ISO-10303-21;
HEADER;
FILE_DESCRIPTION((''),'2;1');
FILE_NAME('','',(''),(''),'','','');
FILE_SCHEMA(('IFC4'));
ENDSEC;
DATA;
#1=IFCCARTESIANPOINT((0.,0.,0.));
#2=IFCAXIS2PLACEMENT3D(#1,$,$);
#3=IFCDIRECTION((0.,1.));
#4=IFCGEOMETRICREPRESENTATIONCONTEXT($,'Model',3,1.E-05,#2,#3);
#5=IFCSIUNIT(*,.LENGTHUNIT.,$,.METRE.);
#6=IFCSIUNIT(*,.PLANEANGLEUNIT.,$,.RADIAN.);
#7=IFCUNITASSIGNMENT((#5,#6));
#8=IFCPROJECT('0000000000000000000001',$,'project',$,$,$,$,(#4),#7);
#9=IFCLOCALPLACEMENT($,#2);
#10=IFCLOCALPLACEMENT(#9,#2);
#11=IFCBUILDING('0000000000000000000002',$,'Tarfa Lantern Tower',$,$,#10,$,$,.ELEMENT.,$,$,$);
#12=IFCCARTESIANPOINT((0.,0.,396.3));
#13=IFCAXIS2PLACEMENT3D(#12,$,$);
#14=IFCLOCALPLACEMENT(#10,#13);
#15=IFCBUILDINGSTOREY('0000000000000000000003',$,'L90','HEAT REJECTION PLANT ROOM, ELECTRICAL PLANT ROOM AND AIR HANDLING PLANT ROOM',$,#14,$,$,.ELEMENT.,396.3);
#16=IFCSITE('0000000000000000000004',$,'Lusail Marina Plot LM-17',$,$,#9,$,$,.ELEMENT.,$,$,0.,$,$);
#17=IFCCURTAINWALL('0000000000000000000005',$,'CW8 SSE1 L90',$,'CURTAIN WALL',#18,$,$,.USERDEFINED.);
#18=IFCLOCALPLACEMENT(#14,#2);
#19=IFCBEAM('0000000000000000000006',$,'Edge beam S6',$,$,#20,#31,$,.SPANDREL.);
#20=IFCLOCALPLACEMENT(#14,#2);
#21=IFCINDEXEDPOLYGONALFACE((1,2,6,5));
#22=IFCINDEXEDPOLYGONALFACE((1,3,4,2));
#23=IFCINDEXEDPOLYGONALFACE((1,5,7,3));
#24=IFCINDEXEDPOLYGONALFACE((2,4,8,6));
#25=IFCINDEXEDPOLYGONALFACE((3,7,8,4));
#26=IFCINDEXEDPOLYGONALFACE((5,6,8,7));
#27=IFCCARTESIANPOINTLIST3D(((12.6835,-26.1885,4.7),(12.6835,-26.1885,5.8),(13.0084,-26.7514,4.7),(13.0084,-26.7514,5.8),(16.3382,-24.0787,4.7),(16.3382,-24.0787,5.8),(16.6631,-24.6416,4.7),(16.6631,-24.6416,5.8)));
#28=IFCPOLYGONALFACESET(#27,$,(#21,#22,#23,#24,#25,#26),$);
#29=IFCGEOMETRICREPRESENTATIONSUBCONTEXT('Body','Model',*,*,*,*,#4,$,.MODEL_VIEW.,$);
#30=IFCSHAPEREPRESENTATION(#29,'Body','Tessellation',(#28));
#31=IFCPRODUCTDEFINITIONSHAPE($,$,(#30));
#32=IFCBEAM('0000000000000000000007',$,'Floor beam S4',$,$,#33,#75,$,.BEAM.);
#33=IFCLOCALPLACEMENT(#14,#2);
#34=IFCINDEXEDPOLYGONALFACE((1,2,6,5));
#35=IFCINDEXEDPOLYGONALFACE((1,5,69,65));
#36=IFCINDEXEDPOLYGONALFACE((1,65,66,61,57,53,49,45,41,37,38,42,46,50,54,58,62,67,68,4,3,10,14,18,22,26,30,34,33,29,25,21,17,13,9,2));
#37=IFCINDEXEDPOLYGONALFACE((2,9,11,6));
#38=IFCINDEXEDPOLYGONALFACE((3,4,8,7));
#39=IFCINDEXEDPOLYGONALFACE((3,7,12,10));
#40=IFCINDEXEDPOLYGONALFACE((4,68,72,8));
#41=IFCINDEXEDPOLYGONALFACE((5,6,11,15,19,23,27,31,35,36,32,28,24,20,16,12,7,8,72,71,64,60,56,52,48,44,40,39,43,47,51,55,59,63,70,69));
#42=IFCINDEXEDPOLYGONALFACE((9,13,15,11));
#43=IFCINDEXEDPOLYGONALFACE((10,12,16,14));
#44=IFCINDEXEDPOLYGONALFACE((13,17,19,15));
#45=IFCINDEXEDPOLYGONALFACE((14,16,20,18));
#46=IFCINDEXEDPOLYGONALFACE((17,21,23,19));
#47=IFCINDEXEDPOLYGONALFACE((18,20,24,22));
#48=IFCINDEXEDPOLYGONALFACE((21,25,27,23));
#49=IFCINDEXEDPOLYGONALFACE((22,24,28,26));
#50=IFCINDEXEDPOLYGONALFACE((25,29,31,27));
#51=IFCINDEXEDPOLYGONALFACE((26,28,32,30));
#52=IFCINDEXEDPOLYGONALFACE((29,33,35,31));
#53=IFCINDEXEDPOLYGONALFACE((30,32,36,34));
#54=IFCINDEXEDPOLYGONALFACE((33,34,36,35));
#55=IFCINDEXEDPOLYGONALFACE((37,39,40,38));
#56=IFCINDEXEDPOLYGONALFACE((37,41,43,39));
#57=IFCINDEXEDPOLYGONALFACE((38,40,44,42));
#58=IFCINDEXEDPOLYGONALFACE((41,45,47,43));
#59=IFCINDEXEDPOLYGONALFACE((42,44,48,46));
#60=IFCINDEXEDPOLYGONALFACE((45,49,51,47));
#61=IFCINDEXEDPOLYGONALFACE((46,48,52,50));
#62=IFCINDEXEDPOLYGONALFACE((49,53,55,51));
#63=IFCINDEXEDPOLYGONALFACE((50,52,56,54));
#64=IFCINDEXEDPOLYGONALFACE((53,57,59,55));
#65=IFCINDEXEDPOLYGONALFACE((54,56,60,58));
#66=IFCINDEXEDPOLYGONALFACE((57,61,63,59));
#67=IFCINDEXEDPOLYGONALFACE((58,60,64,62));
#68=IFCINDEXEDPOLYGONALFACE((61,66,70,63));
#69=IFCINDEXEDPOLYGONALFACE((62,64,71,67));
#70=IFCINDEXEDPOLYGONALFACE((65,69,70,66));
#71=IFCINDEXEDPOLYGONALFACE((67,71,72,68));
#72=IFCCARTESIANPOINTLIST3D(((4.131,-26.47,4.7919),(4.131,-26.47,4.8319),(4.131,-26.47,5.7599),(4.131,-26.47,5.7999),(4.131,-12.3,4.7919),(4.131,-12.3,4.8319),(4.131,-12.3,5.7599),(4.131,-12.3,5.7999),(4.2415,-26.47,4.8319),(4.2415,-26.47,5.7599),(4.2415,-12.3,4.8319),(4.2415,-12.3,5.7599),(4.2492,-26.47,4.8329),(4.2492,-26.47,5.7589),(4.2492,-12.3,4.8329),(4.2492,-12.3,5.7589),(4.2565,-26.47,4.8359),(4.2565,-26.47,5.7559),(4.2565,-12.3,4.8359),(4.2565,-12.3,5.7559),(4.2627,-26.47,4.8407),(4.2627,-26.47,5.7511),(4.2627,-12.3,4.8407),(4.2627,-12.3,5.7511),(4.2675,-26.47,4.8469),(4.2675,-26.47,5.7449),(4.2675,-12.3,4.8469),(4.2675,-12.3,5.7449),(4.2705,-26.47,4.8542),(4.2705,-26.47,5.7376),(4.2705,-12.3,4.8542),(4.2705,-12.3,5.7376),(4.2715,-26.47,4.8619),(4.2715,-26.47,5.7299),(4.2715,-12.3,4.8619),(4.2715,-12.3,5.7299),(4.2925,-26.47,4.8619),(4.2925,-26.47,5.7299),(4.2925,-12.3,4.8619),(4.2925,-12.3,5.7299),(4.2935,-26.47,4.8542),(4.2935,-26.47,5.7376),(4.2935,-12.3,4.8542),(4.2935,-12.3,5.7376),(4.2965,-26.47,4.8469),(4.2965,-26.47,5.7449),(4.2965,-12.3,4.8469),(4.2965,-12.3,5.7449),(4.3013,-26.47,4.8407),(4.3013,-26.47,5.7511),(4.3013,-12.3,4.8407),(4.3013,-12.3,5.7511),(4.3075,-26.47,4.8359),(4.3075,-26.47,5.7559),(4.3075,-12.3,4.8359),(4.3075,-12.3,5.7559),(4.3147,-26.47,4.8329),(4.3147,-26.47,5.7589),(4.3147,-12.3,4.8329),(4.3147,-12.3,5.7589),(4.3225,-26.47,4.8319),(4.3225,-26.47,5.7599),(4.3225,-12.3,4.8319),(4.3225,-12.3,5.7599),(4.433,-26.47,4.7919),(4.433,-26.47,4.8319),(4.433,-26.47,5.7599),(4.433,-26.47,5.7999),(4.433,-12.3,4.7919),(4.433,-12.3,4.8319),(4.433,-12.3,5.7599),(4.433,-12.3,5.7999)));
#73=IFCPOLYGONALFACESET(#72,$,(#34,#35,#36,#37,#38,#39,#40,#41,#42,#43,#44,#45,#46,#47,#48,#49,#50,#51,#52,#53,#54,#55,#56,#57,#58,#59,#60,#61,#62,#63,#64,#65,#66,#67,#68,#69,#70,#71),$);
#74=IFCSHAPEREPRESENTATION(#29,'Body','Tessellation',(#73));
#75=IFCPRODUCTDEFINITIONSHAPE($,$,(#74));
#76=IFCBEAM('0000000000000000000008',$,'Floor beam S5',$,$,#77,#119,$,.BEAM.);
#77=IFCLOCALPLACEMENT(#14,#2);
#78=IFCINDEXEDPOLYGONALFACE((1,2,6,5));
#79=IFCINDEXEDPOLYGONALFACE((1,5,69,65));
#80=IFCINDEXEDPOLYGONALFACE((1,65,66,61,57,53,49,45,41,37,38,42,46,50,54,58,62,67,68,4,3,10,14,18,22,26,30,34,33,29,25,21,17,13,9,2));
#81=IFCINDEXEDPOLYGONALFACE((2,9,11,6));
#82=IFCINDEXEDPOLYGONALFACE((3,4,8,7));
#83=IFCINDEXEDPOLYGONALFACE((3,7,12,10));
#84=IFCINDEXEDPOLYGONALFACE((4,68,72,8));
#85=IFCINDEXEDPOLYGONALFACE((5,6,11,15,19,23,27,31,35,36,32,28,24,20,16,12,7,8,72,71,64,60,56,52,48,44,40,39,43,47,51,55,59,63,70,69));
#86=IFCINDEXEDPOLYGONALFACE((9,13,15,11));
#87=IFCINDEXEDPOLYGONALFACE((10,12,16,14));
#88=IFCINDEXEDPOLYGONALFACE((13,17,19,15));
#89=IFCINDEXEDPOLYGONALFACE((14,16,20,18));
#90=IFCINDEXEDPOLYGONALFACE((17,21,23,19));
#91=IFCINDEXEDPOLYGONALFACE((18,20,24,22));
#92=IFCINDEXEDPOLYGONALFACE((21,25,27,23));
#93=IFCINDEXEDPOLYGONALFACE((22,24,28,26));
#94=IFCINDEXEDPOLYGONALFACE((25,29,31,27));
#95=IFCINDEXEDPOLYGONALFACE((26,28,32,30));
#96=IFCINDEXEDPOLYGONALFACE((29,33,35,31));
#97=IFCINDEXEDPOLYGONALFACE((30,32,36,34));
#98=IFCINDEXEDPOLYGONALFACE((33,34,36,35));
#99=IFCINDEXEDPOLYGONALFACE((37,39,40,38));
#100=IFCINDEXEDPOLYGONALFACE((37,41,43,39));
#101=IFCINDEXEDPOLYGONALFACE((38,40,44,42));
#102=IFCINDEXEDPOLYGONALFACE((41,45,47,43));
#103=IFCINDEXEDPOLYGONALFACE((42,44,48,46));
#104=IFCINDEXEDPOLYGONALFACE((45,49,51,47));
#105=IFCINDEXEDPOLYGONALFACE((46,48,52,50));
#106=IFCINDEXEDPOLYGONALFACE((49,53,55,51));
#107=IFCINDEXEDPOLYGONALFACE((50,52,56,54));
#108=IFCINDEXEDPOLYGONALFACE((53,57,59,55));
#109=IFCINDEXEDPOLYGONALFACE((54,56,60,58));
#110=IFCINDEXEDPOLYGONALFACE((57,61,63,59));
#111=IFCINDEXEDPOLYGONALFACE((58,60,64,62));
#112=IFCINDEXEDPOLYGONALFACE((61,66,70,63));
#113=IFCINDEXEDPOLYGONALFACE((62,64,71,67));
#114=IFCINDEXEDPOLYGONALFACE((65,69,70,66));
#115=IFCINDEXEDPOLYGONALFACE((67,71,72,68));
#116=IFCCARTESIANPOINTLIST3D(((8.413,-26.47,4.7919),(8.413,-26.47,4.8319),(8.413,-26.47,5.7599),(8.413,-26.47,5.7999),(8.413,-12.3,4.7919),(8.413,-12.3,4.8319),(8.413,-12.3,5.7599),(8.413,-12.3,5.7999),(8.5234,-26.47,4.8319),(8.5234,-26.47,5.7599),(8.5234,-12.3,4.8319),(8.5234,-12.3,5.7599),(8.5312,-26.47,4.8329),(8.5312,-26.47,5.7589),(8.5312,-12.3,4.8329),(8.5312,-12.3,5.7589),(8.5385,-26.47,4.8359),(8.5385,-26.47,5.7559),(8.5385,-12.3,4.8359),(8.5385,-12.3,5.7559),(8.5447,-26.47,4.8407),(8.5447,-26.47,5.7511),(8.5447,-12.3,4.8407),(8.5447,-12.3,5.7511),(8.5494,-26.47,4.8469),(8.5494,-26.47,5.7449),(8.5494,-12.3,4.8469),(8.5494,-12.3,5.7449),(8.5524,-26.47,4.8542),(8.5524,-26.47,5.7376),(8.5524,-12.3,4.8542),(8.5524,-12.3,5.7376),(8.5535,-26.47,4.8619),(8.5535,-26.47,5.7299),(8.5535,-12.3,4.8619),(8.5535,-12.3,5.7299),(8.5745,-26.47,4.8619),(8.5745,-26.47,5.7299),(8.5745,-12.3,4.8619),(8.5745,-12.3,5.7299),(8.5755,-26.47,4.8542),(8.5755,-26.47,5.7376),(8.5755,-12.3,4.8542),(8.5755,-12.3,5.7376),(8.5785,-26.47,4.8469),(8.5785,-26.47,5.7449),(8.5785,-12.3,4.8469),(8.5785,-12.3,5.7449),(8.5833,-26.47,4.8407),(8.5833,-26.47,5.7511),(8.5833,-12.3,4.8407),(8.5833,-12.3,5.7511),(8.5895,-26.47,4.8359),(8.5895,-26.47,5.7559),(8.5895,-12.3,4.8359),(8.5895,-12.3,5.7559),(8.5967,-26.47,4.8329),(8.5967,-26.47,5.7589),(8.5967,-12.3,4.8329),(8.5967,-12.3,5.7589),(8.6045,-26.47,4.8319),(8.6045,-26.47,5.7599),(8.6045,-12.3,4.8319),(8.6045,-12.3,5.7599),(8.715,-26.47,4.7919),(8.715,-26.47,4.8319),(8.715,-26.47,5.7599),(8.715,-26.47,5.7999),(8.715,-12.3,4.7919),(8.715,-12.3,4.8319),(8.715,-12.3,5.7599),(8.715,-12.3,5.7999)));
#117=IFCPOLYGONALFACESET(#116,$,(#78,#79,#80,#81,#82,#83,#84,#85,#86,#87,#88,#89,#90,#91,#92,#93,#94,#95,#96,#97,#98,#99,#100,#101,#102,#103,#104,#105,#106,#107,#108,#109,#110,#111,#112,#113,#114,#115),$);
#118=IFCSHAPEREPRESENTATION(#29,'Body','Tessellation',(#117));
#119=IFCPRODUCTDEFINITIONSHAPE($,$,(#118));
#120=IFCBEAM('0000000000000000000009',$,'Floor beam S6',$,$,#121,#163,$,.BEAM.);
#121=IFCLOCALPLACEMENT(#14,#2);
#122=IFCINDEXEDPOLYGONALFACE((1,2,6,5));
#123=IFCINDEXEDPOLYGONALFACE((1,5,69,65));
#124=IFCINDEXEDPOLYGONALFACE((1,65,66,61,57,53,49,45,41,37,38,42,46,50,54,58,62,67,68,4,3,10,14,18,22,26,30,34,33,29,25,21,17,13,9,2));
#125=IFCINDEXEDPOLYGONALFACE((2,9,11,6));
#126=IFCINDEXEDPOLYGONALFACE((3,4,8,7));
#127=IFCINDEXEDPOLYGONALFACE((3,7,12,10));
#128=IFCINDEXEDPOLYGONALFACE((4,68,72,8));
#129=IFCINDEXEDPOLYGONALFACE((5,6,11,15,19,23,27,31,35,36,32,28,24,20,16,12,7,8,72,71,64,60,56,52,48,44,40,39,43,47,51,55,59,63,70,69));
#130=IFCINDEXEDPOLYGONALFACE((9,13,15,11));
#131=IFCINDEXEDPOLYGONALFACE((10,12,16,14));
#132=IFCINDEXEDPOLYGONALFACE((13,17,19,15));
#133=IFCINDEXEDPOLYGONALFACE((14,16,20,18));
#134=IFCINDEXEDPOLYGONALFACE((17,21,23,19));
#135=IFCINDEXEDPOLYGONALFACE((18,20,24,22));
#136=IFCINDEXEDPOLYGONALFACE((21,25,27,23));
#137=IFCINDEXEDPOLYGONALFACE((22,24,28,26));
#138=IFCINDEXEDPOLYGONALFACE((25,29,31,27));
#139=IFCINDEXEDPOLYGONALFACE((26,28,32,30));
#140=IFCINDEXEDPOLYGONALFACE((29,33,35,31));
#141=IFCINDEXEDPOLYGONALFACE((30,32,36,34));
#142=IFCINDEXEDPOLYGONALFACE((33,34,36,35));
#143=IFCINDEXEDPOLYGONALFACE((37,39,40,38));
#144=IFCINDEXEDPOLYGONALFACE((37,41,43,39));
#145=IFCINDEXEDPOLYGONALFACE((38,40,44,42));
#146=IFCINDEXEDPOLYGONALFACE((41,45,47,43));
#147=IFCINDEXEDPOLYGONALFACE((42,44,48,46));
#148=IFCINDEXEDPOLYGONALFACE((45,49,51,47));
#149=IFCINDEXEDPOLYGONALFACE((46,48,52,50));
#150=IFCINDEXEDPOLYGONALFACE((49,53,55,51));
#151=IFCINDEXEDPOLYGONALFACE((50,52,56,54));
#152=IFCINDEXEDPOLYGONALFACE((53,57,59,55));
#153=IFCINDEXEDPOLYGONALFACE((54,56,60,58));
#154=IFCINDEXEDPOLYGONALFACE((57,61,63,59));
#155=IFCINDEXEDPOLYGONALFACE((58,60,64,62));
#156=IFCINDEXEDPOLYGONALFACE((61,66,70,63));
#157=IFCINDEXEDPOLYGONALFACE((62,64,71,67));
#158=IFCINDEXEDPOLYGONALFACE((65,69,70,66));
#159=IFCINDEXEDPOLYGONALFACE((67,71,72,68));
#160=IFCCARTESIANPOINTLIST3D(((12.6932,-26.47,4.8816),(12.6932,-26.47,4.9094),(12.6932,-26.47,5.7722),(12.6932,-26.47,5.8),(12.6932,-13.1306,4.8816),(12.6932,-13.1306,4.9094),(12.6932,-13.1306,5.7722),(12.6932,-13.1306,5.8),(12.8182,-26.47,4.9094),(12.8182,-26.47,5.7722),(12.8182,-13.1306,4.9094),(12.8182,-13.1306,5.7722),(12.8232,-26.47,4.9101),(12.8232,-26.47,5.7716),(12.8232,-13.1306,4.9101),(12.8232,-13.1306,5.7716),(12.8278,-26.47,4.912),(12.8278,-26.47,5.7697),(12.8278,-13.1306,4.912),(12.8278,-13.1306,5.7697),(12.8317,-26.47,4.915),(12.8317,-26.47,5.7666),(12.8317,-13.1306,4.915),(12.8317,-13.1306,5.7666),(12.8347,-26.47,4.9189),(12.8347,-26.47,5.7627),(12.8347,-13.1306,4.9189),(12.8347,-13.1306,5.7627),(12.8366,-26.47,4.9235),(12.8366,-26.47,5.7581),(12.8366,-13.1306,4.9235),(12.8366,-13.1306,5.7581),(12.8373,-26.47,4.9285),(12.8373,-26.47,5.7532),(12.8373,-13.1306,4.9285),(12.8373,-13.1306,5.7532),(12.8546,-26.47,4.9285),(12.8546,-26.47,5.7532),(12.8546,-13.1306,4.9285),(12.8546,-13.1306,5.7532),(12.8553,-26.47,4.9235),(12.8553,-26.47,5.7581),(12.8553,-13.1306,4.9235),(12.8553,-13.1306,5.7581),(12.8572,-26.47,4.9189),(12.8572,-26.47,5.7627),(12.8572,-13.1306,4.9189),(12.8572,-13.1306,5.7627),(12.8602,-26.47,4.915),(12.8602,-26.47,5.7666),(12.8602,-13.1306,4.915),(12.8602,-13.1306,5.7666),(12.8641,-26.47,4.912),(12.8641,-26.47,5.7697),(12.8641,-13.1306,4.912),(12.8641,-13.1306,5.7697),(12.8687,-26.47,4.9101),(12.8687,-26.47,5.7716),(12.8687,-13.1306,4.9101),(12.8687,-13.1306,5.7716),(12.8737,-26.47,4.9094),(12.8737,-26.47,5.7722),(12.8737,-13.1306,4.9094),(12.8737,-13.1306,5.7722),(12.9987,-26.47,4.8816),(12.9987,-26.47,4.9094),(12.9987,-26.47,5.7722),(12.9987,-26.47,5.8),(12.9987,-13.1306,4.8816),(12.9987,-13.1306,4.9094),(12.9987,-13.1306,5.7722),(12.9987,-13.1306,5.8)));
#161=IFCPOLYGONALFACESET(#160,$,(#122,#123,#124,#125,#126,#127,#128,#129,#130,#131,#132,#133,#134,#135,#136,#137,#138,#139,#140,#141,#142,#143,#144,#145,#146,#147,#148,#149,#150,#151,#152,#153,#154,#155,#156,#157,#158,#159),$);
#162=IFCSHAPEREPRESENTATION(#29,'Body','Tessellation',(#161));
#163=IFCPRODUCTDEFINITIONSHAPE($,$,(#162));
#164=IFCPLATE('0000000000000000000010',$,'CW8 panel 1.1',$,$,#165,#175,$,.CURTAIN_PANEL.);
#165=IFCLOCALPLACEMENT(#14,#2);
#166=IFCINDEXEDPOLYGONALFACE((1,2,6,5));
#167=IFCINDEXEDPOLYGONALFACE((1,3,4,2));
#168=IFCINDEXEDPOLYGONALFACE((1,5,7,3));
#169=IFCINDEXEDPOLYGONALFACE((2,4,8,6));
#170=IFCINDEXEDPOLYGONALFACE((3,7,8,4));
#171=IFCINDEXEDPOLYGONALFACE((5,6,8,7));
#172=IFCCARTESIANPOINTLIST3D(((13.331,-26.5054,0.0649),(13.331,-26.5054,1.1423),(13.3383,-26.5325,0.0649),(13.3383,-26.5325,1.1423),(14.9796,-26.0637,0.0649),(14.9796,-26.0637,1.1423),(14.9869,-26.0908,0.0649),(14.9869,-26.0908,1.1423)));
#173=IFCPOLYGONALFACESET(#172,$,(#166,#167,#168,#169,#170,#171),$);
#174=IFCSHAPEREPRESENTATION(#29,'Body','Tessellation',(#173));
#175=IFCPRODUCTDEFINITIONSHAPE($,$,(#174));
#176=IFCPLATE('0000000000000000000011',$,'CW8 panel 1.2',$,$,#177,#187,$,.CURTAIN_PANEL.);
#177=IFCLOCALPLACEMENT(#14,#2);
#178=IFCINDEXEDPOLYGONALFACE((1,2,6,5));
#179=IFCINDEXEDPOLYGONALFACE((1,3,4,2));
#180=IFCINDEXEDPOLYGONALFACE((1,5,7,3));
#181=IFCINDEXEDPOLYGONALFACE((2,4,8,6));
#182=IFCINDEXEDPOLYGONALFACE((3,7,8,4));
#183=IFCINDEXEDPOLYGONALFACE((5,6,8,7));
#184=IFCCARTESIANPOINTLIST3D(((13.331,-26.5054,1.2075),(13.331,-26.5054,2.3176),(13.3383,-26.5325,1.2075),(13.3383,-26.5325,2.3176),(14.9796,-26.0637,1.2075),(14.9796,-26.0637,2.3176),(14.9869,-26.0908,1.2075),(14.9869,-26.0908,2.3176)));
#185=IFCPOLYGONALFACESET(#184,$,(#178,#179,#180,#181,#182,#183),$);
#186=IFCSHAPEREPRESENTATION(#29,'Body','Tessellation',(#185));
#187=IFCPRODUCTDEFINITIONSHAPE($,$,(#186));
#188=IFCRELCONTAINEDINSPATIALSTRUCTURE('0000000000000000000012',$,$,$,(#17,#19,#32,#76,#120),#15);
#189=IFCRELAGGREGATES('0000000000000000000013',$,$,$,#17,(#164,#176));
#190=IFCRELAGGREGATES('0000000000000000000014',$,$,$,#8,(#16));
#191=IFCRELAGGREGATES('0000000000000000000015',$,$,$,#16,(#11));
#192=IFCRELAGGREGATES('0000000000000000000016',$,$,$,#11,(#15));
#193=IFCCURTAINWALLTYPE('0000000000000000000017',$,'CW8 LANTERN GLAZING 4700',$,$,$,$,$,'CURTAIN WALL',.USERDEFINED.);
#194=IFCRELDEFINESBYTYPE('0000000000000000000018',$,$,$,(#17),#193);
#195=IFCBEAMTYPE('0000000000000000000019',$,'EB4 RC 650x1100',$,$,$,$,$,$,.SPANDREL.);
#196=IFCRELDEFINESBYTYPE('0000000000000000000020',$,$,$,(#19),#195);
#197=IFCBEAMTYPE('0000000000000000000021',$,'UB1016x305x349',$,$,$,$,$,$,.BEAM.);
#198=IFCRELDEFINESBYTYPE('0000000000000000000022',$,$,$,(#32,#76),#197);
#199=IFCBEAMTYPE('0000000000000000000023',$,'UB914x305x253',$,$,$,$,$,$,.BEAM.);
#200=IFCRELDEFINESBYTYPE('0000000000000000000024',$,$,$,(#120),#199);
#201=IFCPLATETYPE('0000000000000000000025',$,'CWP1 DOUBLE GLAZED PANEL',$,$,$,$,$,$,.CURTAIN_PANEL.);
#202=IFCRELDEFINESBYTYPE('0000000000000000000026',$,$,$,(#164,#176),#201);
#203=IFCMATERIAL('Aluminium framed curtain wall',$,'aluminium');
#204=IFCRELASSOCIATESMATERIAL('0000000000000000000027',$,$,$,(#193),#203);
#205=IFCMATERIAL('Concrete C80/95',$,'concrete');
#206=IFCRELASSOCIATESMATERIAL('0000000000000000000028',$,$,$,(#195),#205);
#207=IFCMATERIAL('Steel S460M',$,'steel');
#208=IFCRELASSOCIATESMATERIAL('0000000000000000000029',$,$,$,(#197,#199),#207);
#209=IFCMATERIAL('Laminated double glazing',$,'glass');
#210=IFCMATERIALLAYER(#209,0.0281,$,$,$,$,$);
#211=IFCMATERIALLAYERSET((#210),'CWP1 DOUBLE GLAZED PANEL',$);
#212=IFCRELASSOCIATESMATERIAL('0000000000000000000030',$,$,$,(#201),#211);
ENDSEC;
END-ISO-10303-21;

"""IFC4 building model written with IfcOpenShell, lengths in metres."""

from ifc_helpers import new_model, si_unit, direction, frame, origin, origin_2d, place, context, subcontext, project, spatial, rectangle, i_section, extrude, material, layer, layer_set, material_profile, profile_set, type_object, element, aggregate, save


model = new_model("IFC4")

# Units and contexts
model_context = context("Model", 3, precision=1e-05, world=origin(), true_north=direction((0.0, 1.0)))
body_context = subcontext(model_context, "Body", "Model", "MODEL_VIEW")
ifc_project = project(units=[si_unit("LENGTHUNIT", "METRE"), si_unit("PLANEANGLEUNIT", "RADIAN")], contexts=[model_context])

# Site, building, storey
site_placement = place(None, origin())
site = spatial("IfcSite", under=ifc_project, at=site_placement, Name="Lusail Marina Plot LM-17", CompositionType="ELEMENT", RefElevation=0.0)
building_placement = place(site_placement, origin())
building = spatial("IfcBuilding", under=site, at=building_placement, Name="Tarfa Lantern Tower", CompositionType="ELEMENT")
storey_placement = place(building_placement, frame((0.0, 0.0, 396.3)))
storey = spatial("IfcBuildingStorey", under=building, at=storey_placement, Name="L90", Description="HEAT REJECTION PLANT ROOM, ELECTRICAL PLANT ROOM AND AIR HANDLING PLANT ROOM", CompositionType="ELEMENT", Elevation=396.3)

# Shared definitions
ifc_material_1 = material(Name="Concrete C80/95", Category="concrete")

# Curtain wall
ifc_material_2 = material(Name="Aluminium framed curtain wall", Category="aluminium")
curtain_wall_type = type_object("IfcCurtainWallType", Name="CW8 LANTERN GLAZING 4700", ElementType="CURTAIN WALL", PredefinedType="USERDEFINED", material=ifc_material_2)
curtain_wall_1_placement = place(storey_placement, origin())
curtain_wall_1 = element("IfcCurtainWall", 1, at=curtain_wall_1_placement, inside=storey, type_object=curtain_wall_type, Name="CW8 SSE1 L90", ObjectType="CURTAIN WALL", PredefinedType="USERDEFINED")

# Beams
ifc_material_profile_1 = material_profile(ifc_material_1, rectangle(XDim=0.6499, YDim=1.1001, at=origin_2d()), Name="RC 650x1100")
ifc_profile_set_1 = profile_set([ifc_material_profile_1], Name="Concrete C80/95")
beam_type_1 = type_object("IfcBeamType", Name="EB4 RC 650x1100", PredefinedType="SPANDREL", material=ifc_profile_set_1)
beam_1_placement = place(storey_placement, frame((12.8459, -26.47, 5.25), z_axis=(0.866049, 0.499959, 0.0), x_axis=(-0.499959, 0.866049, 0.0)))
element("IfcBeam", 2, at=beam_1_placement, inside=storey, type_object=beam_type_1, Name="Edge beam S6", PredefinedType="SPANDREL", context=body_context, shape_type="SweptSolid", body=[
    extrude(rectangle(XDim=0.6499, YDim=1.1001, at=origin_2d()), origin(), (0.0, 0.0, 1.0), 4.22),
])
ifc_material_3 = material(Name="Steel S460M", Category="steel")
ifc_material_profile_2 = material_profile(ifc_material_3, i_section(OverallWidth=0.302, OverallDepth=1.0081, WebThickness=0.021, FlangeThickness=0.04, FilletRadius=0.03, at=origin_2d()), Name="UB1016x305x349")
ifc_profile_set_2 = profile_set([ifc_material_profile_2], Name="Steel S460M")
beam_type_2 = type_object("IfcBeamType", Name="UB1016x305x349", PredefinedType="BEAM", material=ifc_profile_set_2)
for number, where, z_axis, x_axis, name in (
    (3, (4.282, -26.47, 5.2959), (0.0, 1.0, 0.0), (-1.0, 0.0, 0.0), "Floor beam S4"),
    (4, (8.564, -26.47, 5.2959), (0.0, 1.0, 0.0), (-1.0, 0.0, 0.0), "Floor beam S5"),
):
    element("IfcBeam", number, at=place(storey_placement, frame(where, z_axis=z_axis, x_axis=x_axis)), inside=storey, type_object=beam_type_2, Name=name, PredefinedType="BEAM", context=body_context, shape_type="SweptSolid", body=[
        extrude(i_section(OverallWidth=0.302, OverallDepth=1.0081, WebThickness=0.021, FlangeThickness=0.04, FilletRadius=0.03, at=origin_2d()), origin(), (0.0, 0.0, 1.0), 14.1699),
    ])
ifc_material_profile_3 = material_profile(ifc_material_3, i_section(OverallWidth=0.3054, OverallDepth=0.9185, WebThickness=0.0173, FlangeThickness=0.0278, FilletRadius=0.019, at=origin_2d()), Name="UB914x305x253")
ifc_profile_set_3 = profile_set([ifc_material_profile_3], Name="Steel S460M")
beam_type_3 = type_object("IfcBeamType", Name="UB914x305x253", PredefinedType="BEAM", material=ifc_profile_set_3)
beam_2_placement = place(storey_placement, frame((12.8459, -26.47, 5.3408), z_axis=(0.0, 1.0, 0.0), x_axis=(-1.0, 0.0, 0.0)))
element("IfcBeam", 5, at=beam_2_placement, inside=storey, type_object=beam_type_3, Name="Floor beam S6", PredefinedType="BEAM", context=body_context, shape_type="SweptSolid", body=[
    extrude(i_section(OverallWidth=0.3054, OverallDepth=0.9185, WebThickness=0.0173, FlangeThickness=0.0278, FilletRadius=0.019, at=origin_2d()), origin(), (0.0, 0.0, 1.0), 13.3394),
])

# Plates
ifc_material_4 = material(Name="Laminated double glazing", Category="glass")
ifc_layer = layer(ifc_material_4, 0.0281)
ifc_layer_set = layer_set([ifc_layer], Name="CWP1 DOUBLE GLAZED PANEL")
plate_type = type_object("IfcPlateType", Name="CWP1 DOUBLE GLAZED PANEL", PredefinedType="CURTAIN_PANEL", material=ifc_layer_set)
plate_1_placement = place(storey_placement, frame((14.1589, -26.2981, 0.0649), z_axis=(0.0, 0.0, 1.0), x_axis=(0.965926, 0.258819, 0.0)))
plate_1 = element("IfcPlate", 6, at=plate_1_placement, type_object=plate_type, Name="CW8 panel 1.1", PredefinedType="CURTAIN_PANEL", context=body_context, shape_type="SweptSolid", body=[
    extrude(rectangle(XDim=1.7068, YDim=0.0281, at=origin_2d()), origin(), (0.0, 0.0, 1.0), 1.0774),
])
plate_2_placement = place(storey_placement, frame((14.1589, -26.2981, 1.2075), z_axis=(0.0, 0.0, 1.0), x_axis=(0.965926, 0.258819, 0.0)))
plate_2 = element("IfcPlate", 7, at=plate_2_placement, type_object=plate_type, Name="CW8 panel 1.2", PredefinedType="CURTAIN_PANEL", context=body_context, shape_type="SweptSolid", body=[
    extrude(rectangle(XDim=1.7068, YDim=0.0281, at=origin_2d()), origin(), (0.0, 0.0, 1.0), 1.1101),
])
aggregate(curtain_wall_1, [plate_1, plate_2])

save(model, "model.ifc")
